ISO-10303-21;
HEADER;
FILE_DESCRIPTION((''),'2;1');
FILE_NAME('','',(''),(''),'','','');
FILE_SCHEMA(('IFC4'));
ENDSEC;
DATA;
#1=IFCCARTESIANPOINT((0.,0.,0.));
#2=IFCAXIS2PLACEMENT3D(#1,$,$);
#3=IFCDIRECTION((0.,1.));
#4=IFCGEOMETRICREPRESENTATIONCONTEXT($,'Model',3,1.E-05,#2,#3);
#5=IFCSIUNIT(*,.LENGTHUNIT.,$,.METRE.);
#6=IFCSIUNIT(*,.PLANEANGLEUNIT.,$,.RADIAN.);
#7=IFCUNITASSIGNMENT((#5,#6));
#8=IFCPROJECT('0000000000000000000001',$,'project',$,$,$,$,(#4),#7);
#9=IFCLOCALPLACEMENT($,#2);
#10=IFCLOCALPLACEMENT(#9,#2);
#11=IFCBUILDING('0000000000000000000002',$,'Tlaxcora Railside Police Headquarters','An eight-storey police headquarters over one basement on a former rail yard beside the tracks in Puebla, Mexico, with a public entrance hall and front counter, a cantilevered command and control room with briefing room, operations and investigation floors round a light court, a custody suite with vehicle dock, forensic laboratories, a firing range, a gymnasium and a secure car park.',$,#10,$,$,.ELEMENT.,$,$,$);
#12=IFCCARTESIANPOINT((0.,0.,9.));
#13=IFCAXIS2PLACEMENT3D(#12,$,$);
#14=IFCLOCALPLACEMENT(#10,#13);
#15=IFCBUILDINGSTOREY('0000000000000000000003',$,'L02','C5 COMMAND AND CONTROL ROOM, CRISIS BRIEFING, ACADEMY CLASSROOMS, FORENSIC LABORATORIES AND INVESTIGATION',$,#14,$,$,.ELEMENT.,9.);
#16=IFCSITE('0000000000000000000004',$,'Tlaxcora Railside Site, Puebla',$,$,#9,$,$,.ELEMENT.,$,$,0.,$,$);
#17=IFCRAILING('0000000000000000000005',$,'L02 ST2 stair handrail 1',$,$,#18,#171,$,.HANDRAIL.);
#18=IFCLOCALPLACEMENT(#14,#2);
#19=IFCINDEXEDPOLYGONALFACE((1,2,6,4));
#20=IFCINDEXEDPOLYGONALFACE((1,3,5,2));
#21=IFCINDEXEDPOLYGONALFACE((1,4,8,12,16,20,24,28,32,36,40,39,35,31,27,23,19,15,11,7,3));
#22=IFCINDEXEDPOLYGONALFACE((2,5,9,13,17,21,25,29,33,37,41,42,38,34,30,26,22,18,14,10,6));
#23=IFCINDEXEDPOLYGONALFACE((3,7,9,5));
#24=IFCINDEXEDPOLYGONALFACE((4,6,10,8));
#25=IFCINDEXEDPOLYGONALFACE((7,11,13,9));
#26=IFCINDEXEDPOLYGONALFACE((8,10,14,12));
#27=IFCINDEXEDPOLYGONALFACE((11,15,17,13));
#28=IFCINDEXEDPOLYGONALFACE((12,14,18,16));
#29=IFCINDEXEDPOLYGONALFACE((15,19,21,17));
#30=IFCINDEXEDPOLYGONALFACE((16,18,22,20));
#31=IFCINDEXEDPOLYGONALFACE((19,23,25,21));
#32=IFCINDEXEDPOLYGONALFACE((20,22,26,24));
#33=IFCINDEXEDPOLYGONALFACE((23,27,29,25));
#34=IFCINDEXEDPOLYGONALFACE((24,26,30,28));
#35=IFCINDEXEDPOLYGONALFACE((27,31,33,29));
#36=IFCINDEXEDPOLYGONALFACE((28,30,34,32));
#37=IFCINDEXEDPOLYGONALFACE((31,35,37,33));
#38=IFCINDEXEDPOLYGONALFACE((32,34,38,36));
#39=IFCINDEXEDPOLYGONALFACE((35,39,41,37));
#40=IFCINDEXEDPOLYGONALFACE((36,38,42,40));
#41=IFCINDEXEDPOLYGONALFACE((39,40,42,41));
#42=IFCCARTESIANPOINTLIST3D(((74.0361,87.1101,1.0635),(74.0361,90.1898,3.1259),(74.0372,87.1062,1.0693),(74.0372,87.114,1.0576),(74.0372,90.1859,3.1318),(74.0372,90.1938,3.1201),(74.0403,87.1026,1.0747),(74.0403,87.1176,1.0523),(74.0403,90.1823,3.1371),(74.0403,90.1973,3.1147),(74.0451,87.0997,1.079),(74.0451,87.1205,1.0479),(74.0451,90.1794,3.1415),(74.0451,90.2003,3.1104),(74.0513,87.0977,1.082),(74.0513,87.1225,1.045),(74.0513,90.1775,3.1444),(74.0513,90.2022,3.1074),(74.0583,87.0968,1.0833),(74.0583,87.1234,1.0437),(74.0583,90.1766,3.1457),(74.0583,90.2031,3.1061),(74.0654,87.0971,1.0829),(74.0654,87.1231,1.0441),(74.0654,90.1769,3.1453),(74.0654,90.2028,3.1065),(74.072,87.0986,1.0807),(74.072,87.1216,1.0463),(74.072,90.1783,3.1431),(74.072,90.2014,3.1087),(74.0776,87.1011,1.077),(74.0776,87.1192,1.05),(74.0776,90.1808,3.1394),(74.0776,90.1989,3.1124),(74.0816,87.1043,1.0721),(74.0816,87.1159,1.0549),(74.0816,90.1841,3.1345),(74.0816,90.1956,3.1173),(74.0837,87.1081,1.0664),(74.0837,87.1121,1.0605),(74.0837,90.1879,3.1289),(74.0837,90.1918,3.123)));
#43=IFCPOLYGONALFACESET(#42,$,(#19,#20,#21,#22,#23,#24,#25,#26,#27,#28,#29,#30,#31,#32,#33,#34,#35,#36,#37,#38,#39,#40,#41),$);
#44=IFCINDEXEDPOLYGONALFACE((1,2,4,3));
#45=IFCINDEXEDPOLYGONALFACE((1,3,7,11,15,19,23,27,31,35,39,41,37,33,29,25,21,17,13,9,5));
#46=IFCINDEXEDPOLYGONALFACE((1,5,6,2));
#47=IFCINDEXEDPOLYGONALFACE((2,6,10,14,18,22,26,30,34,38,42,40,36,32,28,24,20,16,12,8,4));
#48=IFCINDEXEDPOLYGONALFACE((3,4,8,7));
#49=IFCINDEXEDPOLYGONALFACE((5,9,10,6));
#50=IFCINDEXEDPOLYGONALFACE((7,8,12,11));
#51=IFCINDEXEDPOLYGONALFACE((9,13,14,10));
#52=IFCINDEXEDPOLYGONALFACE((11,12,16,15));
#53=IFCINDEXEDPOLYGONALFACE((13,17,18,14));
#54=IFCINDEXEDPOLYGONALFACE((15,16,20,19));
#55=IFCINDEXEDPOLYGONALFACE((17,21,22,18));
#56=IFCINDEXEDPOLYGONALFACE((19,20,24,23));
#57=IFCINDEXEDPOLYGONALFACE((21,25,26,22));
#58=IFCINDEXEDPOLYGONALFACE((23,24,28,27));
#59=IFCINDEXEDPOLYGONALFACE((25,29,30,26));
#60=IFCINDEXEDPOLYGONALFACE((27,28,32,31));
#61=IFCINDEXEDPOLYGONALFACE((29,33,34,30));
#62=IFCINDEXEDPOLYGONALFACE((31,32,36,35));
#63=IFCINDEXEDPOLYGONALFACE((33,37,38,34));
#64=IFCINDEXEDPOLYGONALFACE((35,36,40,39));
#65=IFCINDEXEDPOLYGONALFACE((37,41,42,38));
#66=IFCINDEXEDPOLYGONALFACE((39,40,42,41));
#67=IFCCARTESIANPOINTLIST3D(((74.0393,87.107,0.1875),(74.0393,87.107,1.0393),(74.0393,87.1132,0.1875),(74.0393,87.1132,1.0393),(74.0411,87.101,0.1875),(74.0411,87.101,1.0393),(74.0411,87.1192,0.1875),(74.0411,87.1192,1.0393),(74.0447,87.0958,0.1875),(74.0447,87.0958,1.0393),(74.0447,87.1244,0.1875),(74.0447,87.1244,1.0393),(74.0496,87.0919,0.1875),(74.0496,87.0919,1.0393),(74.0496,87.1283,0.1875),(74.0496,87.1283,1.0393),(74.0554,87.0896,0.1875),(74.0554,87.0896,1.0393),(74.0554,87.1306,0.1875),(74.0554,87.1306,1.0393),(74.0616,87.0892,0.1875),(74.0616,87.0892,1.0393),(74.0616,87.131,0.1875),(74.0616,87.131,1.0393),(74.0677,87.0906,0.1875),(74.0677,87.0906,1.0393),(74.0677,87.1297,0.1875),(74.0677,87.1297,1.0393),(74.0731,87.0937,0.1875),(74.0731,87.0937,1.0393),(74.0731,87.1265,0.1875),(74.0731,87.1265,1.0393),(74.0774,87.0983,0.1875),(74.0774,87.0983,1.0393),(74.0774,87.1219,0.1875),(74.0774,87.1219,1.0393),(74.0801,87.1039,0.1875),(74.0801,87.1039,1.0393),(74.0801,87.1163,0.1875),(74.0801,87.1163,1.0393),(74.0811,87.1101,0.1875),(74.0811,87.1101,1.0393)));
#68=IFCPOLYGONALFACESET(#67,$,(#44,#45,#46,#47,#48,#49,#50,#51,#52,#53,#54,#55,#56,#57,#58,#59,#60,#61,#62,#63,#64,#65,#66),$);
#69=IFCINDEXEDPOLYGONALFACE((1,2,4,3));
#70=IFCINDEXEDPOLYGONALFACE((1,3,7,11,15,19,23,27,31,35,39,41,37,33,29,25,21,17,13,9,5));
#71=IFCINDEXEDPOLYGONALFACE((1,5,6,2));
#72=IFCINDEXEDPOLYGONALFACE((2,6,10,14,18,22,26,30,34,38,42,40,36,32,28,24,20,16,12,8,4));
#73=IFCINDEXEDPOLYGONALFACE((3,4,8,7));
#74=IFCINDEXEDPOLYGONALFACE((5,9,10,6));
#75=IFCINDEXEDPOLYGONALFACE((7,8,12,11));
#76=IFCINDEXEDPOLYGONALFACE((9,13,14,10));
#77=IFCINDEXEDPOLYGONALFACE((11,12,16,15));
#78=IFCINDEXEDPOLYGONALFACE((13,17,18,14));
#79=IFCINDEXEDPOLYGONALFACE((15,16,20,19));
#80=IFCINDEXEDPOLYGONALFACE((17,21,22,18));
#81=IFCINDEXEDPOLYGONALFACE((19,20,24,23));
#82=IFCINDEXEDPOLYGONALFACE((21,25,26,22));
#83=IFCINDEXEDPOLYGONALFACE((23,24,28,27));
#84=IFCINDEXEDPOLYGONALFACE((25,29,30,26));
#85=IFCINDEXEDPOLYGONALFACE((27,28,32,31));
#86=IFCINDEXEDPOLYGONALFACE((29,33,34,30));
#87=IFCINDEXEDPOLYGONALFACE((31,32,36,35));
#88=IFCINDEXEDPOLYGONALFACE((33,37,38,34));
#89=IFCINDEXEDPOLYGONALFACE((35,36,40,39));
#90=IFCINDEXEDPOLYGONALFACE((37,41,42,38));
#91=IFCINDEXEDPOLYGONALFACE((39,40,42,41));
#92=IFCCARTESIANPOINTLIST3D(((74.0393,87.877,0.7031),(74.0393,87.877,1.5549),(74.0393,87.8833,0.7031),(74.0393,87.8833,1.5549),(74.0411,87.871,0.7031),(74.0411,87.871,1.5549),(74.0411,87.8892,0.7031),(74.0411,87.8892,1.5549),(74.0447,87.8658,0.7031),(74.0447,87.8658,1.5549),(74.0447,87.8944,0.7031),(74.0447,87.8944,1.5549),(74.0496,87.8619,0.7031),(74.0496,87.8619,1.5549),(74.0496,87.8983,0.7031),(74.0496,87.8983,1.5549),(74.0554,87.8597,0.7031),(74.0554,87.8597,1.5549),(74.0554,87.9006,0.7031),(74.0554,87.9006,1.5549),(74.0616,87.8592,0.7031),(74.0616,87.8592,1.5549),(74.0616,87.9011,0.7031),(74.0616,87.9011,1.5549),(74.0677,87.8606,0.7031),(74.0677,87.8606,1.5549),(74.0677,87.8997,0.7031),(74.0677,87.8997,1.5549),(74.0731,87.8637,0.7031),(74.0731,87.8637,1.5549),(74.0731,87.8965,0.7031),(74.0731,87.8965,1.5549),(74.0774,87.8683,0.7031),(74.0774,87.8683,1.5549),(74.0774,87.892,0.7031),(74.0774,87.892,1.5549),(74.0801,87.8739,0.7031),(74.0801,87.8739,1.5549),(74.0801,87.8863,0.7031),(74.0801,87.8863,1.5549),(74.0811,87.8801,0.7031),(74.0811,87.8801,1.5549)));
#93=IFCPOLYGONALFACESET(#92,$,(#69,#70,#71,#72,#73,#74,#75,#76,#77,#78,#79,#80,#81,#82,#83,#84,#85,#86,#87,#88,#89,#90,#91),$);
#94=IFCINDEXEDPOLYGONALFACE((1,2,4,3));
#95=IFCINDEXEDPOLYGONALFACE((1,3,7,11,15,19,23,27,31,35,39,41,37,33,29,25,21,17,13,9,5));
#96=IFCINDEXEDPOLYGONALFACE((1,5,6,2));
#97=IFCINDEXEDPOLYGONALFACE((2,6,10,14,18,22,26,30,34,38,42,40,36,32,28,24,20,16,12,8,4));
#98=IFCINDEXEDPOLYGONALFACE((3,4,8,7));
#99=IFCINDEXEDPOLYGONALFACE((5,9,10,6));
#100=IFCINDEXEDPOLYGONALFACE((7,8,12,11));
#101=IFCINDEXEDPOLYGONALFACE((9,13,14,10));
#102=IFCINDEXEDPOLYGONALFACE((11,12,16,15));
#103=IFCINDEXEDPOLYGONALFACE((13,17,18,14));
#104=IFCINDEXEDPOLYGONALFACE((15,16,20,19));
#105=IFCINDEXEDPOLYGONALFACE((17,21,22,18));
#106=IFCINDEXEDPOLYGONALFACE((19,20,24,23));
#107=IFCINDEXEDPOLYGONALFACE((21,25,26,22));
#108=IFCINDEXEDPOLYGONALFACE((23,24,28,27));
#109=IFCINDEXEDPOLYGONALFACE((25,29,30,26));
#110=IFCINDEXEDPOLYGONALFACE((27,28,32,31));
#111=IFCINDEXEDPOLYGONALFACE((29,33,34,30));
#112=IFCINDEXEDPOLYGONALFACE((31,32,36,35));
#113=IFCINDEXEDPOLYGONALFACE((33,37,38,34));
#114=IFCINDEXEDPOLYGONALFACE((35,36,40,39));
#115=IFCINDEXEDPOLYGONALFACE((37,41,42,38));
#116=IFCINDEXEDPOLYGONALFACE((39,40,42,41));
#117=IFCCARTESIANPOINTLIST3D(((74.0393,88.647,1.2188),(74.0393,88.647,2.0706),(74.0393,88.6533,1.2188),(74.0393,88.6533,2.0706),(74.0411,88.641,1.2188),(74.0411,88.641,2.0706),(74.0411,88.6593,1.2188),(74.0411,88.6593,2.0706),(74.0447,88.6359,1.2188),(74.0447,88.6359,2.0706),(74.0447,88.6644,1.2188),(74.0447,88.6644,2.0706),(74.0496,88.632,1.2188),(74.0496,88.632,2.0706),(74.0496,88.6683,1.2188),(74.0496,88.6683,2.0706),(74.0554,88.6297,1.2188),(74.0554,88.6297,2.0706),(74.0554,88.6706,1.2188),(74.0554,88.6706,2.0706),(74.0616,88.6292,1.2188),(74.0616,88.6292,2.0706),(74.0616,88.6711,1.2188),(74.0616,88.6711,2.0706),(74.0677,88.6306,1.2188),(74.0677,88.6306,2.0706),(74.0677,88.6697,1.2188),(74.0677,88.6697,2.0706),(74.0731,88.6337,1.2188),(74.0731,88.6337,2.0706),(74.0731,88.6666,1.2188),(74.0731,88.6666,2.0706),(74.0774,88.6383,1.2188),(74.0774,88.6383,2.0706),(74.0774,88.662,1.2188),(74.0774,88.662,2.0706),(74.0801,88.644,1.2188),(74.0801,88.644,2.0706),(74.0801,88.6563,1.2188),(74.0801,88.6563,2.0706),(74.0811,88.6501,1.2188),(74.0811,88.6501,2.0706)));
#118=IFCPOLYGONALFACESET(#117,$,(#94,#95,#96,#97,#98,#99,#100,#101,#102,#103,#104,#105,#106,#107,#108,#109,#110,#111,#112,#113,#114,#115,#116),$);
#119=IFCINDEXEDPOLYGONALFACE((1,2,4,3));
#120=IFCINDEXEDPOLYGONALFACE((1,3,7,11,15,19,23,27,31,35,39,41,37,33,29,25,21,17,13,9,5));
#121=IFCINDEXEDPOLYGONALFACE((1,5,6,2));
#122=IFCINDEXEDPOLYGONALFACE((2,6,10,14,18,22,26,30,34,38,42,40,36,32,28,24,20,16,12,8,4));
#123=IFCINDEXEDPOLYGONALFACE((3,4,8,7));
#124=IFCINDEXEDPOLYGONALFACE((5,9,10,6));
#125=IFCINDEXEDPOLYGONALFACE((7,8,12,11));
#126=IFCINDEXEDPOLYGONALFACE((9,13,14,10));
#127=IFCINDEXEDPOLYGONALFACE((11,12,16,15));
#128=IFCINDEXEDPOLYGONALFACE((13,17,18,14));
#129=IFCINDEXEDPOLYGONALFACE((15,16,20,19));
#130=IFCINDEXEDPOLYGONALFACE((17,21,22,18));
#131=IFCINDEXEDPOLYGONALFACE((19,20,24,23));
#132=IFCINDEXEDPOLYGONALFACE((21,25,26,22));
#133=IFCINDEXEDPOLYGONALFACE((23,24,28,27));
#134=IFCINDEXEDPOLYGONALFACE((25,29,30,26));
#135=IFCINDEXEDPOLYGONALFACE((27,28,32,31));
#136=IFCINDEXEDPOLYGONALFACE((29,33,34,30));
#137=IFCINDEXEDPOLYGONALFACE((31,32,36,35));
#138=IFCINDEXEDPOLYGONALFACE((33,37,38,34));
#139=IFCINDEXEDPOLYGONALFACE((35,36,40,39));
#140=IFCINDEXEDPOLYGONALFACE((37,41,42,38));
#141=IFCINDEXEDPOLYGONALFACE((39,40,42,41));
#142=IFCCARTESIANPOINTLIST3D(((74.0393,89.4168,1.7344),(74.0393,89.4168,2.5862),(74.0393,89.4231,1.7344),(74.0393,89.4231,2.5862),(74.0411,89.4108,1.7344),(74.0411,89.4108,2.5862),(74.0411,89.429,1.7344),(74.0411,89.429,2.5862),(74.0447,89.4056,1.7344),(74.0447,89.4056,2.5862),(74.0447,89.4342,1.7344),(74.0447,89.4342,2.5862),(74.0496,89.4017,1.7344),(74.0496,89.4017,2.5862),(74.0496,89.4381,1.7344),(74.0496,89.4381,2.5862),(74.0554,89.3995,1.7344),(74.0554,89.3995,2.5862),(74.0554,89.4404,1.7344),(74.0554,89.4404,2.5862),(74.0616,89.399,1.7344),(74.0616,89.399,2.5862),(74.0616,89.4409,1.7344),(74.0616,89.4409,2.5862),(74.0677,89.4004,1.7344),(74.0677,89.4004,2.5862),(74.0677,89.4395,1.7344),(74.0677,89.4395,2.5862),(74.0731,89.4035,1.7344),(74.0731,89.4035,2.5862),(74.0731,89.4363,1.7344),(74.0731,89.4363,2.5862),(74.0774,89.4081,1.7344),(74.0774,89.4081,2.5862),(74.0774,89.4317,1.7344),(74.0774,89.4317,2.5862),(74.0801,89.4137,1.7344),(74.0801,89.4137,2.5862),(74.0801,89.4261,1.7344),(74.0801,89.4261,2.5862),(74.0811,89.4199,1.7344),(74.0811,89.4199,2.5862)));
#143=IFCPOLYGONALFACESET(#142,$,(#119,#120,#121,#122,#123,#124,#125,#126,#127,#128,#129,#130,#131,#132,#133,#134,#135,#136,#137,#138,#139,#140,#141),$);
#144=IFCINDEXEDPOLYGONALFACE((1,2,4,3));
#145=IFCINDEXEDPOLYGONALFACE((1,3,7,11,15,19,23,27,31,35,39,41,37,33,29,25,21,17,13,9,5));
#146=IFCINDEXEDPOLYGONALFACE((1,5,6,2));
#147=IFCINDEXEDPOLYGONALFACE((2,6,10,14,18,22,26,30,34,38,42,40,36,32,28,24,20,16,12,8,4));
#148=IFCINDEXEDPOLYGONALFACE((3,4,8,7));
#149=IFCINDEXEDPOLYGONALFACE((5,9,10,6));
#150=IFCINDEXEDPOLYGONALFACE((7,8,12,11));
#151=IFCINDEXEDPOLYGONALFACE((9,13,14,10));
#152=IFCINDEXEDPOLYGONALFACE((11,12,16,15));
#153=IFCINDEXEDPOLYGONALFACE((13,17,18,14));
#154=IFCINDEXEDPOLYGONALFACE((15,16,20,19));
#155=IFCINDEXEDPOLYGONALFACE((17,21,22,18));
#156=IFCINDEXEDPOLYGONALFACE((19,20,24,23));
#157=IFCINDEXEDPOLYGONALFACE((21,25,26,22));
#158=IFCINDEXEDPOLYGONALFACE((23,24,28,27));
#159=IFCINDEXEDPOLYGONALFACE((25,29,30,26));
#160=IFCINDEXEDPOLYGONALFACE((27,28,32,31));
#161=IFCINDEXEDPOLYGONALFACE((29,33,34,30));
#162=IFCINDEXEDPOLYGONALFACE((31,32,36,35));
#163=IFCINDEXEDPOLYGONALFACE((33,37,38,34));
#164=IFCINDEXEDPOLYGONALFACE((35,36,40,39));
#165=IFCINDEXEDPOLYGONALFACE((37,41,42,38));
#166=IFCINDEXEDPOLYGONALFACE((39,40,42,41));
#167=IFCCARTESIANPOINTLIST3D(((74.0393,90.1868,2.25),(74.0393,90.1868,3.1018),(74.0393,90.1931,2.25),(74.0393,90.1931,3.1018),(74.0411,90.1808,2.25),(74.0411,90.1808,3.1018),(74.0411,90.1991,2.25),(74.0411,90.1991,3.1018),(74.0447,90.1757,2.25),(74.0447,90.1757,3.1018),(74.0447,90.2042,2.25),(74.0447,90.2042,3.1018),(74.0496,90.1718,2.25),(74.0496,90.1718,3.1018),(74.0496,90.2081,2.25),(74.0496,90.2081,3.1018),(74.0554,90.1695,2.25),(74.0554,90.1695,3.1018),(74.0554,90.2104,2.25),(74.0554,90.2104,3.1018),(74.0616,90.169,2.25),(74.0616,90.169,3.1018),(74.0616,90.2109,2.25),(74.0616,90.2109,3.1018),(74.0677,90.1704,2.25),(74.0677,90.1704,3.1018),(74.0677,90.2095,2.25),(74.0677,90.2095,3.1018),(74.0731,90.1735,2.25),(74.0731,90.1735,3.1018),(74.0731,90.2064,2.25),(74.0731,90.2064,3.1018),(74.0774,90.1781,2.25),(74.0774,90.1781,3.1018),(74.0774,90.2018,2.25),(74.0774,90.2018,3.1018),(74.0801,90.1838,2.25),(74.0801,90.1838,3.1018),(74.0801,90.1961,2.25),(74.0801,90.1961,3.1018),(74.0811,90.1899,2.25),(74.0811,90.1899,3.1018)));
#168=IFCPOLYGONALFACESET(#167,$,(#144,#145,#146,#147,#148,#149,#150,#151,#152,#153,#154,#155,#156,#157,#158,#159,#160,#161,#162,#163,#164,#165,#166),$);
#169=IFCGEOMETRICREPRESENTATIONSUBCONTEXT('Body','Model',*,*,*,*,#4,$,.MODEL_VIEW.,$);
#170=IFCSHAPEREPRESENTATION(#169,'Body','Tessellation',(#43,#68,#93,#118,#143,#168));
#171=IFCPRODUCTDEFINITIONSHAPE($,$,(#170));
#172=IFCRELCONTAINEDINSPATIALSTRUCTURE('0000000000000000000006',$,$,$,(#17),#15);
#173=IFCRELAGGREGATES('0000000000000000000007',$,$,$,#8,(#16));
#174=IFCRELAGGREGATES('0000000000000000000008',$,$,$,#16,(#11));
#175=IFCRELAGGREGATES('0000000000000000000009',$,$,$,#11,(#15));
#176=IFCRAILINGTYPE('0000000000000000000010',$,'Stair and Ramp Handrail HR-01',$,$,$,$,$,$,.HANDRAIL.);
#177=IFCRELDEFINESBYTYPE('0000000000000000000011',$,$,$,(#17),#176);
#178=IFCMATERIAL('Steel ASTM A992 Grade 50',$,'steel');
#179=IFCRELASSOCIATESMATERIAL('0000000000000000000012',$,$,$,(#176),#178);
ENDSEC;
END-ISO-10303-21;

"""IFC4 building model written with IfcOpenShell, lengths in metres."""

from ifc_helpers import new_model, si_unit, direction, frame, origin, origin_2d, place, context, subcontext, project, spatial, circle, extrude, material, type_object, element, save


model = new_model("IFC4")

# Units and contexts
model_context = context("Model", 3, precision=1e-05, world=origin(), true_north=direction((0.0, 1.0)))
body_context = subcontext(model_context, "Body", "Model", "MODEL_VIEW")
ifc_project = project(units=[si_unit("LENGTHUNIT", "METRE"), si_unit("PLANEANGLEUNIT", "RADIAN")], contexts=[model_context])

# Site, building, storey
site_placement = place(None, origin())
site = spatial("IfcSite", under=ifc_project, at=site_placement, Name="Tlaxcora Railside Site, Puebla", CompositionType="ELEMENT", RefElevation=0.0)
building_placement = place(site_placement, origin())
building = spatial("IfcBuilding", under=site, at=building_placement, Name="Tlaxcora Railside Police Headquarters", Description="An eight-storey police headquarters over one basement on a former rail yard beside the tracks in Puebla, Mexico, with a public entrance hall and front counter, a cantilevered command and control room with briefing room, operations and investigation floors round a light court, a custody suite with vehicle dock, forensic laboratories, a firing range, a gymnasium and a secure car park.", CompositionType="ELEMENT")
storey_placement = place(building_placement, frame((0.0, 0.0, 9.0)))
storey = spatial("IfcBuildingStorey", under=building, at=storey_placement, Name="L02", Description="C5 COMMAND AND CONTROL ROOM, CRISIS BRIEFING, ACADEMY CLASSROOMS, FORENSIC LABORATORIES AND INVESTIGATION", CompositionType="ELEMENT", Elevation=9.0)

# Shared definitions
ifc_material_1 = material(Name="Steel ASTM A992 Grade 50", Category="steel")

# Railing
railing_type_1 = type_object("IfcRailingType", Name="Stair and Ramp Handrail HR-01", PredefinedType="HANDRAIL", material=ifc_material_1)
railing_1_placement = place(storey_placement, frame((74.0601, 87.1101, 0.1875)))
element("IfcRailing", 1, at=railing_1_placement, inside=storey, type_object=railing_type_1, Name="L02 ST2 stair handrail 1", PredefinedType="HANDRAIL", context=body_context, shape_type="SweptSolid", body=[
    extrude(circle(Radius=0.0239, at=origin_2d()), frame((0.0, 0.0, 0.876), z_axis=(0.0, 0.830893, 0.556432), x_axis=(-1.0, 0.0, 0.0)), (0.0, 0.0, 1.0), 3.7065),
    extrude(circle(Radius=0.021, at=origin_2d()), origin(), (0.0, 0.0, 1.0), 0.8518),
    extrude(circle(Radius=0.021, at=origin_2d()), frame((0.0, 0.77, 0.5156)), (0.0, 0.0, 1.0), 0.8518),
    extrude(circle(Radius=0.021, at=origin_2d()), frame((0.0, 1.54, 1.0312)), (0.0, 0.0, 1.0), 0.8518),
    extrude(circle(Radius=0.021, at=origin_2d()), frame((0.0, 2.3098, 1.5469)), (0.0, 0.0, 1.0), 0.8518),
    extrude(circle(Radius=0.021, at=origin_2d()), frame((0.0, 3.0798, 2.0625)), (0.0, 0.0, 1.0), 0.8518),
])

save(model, "model.ifc")
